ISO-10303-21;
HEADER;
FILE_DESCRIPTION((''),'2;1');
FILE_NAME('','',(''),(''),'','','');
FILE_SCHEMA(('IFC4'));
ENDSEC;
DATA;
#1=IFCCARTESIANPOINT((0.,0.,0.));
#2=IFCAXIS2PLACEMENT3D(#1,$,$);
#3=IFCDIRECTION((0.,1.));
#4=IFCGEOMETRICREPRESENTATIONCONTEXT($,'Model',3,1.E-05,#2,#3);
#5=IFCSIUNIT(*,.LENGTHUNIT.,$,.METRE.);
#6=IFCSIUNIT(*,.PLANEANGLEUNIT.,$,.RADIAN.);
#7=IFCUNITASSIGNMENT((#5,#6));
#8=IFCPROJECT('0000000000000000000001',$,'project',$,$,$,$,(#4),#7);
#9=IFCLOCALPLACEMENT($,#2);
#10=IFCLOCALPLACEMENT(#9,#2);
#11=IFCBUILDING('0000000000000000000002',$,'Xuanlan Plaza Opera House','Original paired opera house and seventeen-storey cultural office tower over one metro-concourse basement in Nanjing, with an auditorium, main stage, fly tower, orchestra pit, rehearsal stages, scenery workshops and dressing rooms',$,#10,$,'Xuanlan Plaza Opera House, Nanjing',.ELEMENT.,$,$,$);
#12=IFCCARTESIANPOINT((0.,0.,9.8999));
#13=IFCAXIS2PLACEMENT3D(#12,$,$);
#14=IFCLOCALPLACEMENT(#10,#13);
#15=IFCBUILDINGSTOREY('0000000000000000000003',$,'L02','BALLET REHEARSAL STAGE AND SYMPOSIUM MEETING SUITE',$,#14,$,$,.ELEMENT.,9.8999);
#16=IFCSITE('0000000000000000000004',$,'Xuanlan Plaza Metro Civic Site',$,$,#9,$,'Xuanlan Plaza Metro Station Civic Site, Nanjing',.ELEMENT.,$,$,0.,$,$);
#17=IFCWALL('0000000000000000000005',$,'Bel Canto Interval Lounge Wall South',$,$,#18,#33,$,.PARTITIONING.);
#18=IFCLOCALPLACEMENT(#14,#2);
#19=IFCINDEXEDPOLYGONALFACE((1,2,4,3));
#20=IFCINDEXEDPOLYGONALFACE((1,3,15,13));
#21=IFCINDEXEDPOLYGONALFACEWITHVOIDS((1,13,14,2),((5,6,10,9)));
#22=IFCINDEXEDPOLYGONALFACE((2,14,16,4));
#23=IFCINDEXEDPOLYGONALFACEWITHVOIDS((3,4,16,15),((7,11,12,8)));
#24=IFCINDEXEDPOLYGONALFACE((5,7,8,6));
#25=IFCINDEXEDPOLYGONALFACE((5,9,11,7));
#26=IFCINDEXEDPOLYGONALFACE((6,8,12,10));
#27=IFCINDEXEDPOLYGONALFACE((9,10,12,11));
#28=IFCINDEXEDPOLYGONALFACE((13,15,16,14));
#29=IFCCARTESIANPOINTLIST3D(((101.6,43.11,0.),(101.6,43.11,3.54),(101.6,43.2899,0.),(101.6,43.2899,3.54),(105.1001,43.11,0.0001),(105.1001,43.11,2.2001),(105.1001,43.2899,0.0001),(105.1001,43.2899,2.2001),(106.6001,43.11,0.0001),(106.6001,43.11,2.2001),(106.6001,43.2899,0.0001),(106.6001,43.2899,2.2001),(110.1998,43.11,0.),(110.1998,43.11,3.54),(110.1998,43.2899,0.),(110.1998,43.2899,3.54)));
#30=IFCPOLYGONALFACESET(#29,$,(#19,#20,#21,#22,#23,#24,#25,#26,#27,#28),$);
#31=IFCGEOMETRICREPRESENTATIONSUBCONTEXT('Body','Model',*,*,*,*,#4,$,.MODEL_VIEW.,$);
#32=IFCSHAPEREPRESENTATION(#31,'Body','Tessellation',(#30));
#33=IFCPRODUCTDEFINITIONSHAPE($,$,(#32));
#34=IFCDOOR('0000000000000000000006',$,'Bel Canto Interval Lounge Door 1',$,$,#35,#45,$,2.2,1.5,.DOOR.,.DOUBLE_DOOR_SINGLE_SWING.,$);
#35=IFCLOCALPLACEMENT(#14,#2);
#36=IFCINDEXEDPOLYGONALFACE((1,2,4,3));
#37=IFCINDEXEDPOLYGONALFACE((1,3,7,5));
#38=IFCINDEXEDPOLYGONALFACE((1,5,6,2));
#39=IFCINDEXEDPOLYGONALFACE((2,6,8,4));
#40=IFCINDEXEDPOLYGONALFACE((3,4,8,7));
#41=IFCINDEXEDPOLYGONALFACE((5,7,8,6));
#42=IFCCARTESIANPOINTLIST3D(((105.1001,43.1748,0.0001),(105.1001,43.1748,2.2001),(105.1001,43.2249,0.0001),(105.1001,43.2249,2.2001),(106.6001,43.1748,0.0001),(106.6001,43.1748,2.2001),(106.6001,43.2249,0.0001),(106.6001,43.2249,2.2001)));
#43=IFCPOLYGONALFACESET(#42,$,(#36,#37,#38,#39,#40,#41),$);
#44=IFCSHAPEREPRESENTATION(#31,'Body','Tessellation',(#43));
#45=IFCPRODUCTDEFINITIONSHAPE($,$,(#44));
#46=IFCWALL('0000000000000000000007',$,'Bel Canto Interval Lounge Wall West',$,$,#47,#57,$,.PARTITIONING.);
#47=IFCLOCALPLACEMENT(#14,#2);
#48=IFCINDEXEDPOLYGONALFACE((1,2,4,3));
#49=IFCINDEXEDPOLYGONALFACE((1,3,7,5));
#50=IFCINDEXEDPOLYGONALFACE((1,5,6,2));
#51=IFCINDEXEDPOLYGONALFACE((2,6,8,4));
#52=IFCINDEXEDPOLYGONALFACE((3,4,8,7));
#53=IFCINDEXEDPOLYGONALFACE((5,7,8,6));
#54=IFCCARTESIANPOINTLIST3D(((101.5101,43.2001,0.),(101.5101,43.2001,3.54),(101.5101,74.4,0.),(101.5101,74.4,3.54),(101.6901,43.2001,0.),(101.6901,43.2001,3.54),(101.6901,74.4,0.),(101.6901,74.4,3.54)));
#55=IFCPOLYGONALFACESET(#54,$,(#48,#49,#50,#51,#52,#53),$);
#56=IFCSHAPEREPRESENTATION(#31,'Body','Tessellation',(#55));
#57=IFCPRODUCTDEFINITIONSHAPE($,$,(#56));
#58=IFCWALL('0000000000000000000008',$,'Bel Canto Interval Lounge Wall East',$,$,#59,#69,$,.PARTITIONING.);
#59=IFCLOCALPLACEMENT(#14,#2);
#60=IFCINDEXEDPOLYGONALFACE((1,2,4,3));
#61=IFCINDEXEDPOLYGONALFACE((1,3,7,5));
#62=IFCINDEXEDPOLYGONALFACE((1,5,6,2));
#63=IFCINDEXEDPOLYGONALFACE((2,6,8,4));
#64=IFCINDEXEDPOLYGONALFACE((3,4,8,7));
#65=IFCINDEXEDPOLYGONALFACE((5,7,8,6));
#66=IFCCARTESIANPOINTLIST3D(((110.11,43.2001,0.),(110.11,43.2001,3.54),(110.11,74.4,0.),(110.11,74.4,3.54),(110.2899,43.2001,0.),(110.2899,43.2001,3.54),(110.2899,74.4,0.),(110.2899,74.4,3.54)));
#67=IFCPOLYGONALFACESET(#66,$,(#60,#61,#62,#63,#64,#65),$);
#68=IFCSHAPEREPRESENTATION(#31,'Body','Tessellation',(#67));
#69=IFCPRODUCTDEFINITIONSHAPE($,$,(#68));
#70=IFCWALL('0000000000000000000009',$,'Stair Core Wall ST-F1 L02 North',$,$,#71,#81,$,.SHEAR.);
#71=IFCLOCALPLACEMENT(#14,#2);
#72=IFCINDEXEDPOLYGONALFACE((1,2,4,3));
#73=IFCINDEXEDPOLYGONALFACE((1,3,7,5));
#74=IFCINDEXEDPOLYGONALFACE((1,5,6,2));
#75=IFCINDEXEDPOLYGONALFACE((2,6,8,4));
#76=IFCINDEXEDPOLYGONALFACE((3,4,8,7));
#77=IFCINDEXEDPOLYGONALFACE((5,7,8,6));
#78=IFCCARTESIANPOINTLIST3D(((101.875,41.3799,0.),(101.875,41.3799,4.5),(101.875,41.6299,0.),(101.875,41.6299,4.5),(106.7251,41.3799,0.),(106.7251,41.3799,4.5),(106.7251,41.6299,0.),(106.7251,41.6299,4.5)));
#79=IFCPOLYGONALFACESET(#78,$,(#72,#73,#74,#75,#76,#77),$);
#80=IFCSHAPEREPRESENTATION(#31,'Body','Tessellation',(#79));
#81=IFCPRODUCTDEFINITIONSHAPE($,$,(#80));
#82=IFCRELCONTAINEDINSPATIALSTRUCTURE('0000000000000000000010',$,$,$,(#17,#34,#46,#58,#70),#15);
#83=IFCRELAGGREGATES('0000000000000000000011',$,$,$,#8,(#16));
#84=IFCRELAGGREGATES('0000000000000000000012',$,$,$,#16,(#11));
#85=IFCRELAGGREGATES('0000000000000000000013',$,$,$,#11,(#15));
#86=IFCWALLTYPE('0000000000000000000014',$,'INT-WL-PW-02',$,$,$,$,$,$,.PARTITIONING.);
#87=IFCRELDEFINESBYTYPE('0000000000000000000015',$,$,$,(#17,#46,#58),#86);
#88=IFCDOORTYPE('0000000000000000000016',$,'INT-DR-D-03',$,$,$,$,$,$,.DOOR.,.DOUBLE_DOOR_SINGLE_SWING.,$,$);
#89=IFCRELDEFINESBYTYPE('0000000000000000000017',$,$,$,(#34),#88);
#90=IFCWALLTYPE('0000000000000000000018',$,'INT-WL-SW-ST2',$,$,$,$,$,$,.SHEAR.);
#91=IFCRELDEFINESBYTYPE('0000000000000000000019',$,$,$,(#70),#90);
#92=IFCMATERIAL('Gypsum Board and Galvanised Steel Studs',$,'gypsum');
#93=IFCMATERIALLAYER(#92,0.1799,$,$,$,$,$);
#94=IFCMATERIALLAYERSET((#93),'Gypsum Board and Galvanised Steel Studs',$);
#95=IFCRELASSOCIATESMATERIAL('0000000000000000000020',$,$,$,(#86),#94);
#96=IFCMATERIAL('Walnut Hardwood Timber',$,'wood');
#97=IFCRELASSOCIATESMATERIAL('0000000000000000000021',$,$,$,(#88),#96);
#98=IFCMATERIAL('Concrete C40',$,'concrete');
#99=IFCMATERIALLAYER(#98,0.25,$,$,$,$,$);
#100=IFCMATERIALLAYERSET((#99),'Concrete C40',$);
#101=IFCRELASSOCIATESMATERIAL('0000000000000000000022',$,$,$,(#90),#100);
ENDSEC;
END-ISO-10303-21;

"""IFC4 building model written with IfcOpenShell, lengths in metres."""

from ifc_helpers import new_model, si_unit, direction, frame, frame_2d, origin, place, context, subcontext, project, spatial, rectangle, extrude, material, layer, layer_set, type_object, element, fill, save


model = new_model("IFC4")

# Units and contexts
model_context = context("Model", 3, precision=1e-05, world=origin(), true_north=direction((0.0, 1.0)))
body_context = subcontext(model_context, "Body", "Model", "MODEL_VIEW")
ifc_project = project(units=[si_unit("LENGTHUNIT", "METRE"), si_unit("PLANEANGLEUNIT", "RADIAN")], contexts=[model_context])

# Site, building, storey
site_placement = place(None, origin())
site = spatial("IfcSite", under=ifc_project, at=site_placement, Name="Xuanlan Plaza Metro Civic Site", LongName="Xuanlan Plaza Metro Station Civic Site, Nanjing", CompositionType="ELEMENT", RefElevation=0.0)
building_placement = place(site_placement, origin())
building = spatial("IfcBuilding", under=site, at=building_placement, Name="Xuanlan Plaza Opera House", Description="Original paired opera house and seventeen-storey cultural office tower over one metro-concourse basement in Nanjing, with an auditorium, main stage, fly tower, orchestra pit, rehearsal stages, scenery workshops and dressing rooms", LongName="Xuanlan Plaza Opera House, Nanjing", CompositionType="ELEMENT")
storey_placement = place(building_placement, frame((0.0, 0.0, 9.8999)))
storey = spatial("IfcBuildingStorey", under=building, at=storey_placement, Name="L02", Description="BALLET REHEARSAL STAGE AND SYMPOSIUM MEETING SUITE", CompositionType="ELEMENT", Elevation=9.8999)

# Shared definitions
ifc_material_1 = material(Name="Concrete C40", Category="concrete")

# Wall, opening, door
ifc_material_2 = material(Name="Gypsum Board and Galvanised Steel Studs", Category="gypsum")
ifc_layer_1 = layer(ifc_material_2, 0.1799)
ifc_layer_set_1 = layer_set([ifc_layer_1], Name="Gypsum Board and Galvanised Steel Studs")
wall_type_1 = type_object("IfcWallType", Name="INT-WL-PW-02", PredefinedType="PARTITIONING", material=ifc_layer_set_1)
wall_1_placement = place(storey_placement, frame((101.6001, 43.2, 0.0), z_axis=(0.0, 0.0, 1.0), x_axis=(1.0, 0.0, 0.0)))
wall_1 = element("IfcWall", 1, at=wall_1_placement, inside=storey, type_object=wall_type_1, Name="Bel Canto Interval Lounge Wall South", PredefinedType="PARTITIONING", context=body_context, shape_type="SweptSolid", body=[
    extrude(rectangle(XDim=8.5999, YDim=0.1799, at=frame_2d((4.2998, 0.0))), origin(), (0.0, 0.0, 1.0), 3.54),
])
opening_placement = place(wall_1_placement, frame((3.5, 0.0, 0.0)))
opening = element("IfcOpeningElement", 2, at=opening_placement, cuts=wall_1, PredefinedType="OPENING", context=body_context, shape_type="SweptSolid", body=[
    extrude(rectangle(XDim=1.5, YDim=2.2, at=frame_2d((0.75, 1.1001))), frame((0.0, 0.0999, 0.0), z_axis=(0.0, -1.0, 0.0), x_axis=(1.0, 0.0, 0.0)), (0.0, 0.0, 1.0), 0.2),
])
ifc_material_3 = material(Name="Walnut Hardwood Timber", Category="wood")
door_type = type_object("IfcDoorType", Name="INT-DR-D-03", OperationType="DOUBLE_DOOR_SINGLE_SWING", PredefinedType="DOOR", material=ifc_material_3)
door_placement = place(opening_placement, origin())
door = element("IfcDoor", 3, at=door_placement, inside=storey, type_object=door_type, Name="Bel Canto Interval Lounge Door 1", OperationType="DOUBLE_DOOR_SINGLE_SWING", OverallHeight=2.2, OverallWidth=1.5, PredefinedType="DOOR", context=body_context, shape_type="SweptSolid", body=[
    extrude(rectangle(XDim=1.5, YDim=2.2, at=frame_2d((0.75, 1.1001))), frame((0.0, 0.0249, 0.0), z_axis=(0.0, -1.0, 0.0), x_axis=(1.0, 0.0, 0.0)), (0.0, 0.0, 1.0), 0.05),
])
fill(opening, door)

# Walls
for number, where, z_axis, x_axis, name in (
    (4, (101.6001, 43.2, 0.0), (0.0, 0.0, 1.0), (0.0, 1.0, 0.0), "Bel Canto Interval Lounge Wall West"),
    (5, (110.2, 43.2, 0.0), (0.0, 0.0, 1.0), (0.0, 1.0, 0.0), "Bel Canto Interval Lounge Wall East"),
):
    element("IfcWall", number, at=place(storey_placement, frame(where, z_axis=z_axis, x_axis=x_axis)), inside=storey, type_object=wall_type_1, Name=name, PredefinedType="PARTITIONING", context=body_context, shape_type="SweptSolid", body=[
        extrude(rectangle(XDim=31.2, YDim=0.1799, at=frame_2d((15.6001, 0.0))), origin(), (0.0, 0.0, 1.0), 3.54),
    ])
ifc_layer_2 = layer(ifc_material_1, 0.25)
ifc_layer_set_2 = layer_set([ifc_layer_2], Name="Concrete C40")
wall_type_2 = type_object("IfcWallType", Name="INT-WL-SW-ST2", PredefinedType="SHEAR", material=ifc_layer_set_2)
wall_2_placement = place(storey_placement, frame((101.875, 41.5049, 0.0), z_axis=(0.0, 0.0, 1.0), x_axis=(1.0, 0.0, 0.0)))
element("IfcWall", 6, at=wall_2_placement, inside=storey, type_object=wall_type_2, Name="Stair Core Wall ST-F1 L02 North", PredefinedType="SHEAR", context=body_context, shape_type="SweptSolid", body=[
    extrude(rectangle(XDim=4.8501, YDim=0.25, at=frame_2d((2.425, 0.0))), origin(), (0.0, 0.0, 1.0), 4.5),
])

save(model, "model.ifc")
